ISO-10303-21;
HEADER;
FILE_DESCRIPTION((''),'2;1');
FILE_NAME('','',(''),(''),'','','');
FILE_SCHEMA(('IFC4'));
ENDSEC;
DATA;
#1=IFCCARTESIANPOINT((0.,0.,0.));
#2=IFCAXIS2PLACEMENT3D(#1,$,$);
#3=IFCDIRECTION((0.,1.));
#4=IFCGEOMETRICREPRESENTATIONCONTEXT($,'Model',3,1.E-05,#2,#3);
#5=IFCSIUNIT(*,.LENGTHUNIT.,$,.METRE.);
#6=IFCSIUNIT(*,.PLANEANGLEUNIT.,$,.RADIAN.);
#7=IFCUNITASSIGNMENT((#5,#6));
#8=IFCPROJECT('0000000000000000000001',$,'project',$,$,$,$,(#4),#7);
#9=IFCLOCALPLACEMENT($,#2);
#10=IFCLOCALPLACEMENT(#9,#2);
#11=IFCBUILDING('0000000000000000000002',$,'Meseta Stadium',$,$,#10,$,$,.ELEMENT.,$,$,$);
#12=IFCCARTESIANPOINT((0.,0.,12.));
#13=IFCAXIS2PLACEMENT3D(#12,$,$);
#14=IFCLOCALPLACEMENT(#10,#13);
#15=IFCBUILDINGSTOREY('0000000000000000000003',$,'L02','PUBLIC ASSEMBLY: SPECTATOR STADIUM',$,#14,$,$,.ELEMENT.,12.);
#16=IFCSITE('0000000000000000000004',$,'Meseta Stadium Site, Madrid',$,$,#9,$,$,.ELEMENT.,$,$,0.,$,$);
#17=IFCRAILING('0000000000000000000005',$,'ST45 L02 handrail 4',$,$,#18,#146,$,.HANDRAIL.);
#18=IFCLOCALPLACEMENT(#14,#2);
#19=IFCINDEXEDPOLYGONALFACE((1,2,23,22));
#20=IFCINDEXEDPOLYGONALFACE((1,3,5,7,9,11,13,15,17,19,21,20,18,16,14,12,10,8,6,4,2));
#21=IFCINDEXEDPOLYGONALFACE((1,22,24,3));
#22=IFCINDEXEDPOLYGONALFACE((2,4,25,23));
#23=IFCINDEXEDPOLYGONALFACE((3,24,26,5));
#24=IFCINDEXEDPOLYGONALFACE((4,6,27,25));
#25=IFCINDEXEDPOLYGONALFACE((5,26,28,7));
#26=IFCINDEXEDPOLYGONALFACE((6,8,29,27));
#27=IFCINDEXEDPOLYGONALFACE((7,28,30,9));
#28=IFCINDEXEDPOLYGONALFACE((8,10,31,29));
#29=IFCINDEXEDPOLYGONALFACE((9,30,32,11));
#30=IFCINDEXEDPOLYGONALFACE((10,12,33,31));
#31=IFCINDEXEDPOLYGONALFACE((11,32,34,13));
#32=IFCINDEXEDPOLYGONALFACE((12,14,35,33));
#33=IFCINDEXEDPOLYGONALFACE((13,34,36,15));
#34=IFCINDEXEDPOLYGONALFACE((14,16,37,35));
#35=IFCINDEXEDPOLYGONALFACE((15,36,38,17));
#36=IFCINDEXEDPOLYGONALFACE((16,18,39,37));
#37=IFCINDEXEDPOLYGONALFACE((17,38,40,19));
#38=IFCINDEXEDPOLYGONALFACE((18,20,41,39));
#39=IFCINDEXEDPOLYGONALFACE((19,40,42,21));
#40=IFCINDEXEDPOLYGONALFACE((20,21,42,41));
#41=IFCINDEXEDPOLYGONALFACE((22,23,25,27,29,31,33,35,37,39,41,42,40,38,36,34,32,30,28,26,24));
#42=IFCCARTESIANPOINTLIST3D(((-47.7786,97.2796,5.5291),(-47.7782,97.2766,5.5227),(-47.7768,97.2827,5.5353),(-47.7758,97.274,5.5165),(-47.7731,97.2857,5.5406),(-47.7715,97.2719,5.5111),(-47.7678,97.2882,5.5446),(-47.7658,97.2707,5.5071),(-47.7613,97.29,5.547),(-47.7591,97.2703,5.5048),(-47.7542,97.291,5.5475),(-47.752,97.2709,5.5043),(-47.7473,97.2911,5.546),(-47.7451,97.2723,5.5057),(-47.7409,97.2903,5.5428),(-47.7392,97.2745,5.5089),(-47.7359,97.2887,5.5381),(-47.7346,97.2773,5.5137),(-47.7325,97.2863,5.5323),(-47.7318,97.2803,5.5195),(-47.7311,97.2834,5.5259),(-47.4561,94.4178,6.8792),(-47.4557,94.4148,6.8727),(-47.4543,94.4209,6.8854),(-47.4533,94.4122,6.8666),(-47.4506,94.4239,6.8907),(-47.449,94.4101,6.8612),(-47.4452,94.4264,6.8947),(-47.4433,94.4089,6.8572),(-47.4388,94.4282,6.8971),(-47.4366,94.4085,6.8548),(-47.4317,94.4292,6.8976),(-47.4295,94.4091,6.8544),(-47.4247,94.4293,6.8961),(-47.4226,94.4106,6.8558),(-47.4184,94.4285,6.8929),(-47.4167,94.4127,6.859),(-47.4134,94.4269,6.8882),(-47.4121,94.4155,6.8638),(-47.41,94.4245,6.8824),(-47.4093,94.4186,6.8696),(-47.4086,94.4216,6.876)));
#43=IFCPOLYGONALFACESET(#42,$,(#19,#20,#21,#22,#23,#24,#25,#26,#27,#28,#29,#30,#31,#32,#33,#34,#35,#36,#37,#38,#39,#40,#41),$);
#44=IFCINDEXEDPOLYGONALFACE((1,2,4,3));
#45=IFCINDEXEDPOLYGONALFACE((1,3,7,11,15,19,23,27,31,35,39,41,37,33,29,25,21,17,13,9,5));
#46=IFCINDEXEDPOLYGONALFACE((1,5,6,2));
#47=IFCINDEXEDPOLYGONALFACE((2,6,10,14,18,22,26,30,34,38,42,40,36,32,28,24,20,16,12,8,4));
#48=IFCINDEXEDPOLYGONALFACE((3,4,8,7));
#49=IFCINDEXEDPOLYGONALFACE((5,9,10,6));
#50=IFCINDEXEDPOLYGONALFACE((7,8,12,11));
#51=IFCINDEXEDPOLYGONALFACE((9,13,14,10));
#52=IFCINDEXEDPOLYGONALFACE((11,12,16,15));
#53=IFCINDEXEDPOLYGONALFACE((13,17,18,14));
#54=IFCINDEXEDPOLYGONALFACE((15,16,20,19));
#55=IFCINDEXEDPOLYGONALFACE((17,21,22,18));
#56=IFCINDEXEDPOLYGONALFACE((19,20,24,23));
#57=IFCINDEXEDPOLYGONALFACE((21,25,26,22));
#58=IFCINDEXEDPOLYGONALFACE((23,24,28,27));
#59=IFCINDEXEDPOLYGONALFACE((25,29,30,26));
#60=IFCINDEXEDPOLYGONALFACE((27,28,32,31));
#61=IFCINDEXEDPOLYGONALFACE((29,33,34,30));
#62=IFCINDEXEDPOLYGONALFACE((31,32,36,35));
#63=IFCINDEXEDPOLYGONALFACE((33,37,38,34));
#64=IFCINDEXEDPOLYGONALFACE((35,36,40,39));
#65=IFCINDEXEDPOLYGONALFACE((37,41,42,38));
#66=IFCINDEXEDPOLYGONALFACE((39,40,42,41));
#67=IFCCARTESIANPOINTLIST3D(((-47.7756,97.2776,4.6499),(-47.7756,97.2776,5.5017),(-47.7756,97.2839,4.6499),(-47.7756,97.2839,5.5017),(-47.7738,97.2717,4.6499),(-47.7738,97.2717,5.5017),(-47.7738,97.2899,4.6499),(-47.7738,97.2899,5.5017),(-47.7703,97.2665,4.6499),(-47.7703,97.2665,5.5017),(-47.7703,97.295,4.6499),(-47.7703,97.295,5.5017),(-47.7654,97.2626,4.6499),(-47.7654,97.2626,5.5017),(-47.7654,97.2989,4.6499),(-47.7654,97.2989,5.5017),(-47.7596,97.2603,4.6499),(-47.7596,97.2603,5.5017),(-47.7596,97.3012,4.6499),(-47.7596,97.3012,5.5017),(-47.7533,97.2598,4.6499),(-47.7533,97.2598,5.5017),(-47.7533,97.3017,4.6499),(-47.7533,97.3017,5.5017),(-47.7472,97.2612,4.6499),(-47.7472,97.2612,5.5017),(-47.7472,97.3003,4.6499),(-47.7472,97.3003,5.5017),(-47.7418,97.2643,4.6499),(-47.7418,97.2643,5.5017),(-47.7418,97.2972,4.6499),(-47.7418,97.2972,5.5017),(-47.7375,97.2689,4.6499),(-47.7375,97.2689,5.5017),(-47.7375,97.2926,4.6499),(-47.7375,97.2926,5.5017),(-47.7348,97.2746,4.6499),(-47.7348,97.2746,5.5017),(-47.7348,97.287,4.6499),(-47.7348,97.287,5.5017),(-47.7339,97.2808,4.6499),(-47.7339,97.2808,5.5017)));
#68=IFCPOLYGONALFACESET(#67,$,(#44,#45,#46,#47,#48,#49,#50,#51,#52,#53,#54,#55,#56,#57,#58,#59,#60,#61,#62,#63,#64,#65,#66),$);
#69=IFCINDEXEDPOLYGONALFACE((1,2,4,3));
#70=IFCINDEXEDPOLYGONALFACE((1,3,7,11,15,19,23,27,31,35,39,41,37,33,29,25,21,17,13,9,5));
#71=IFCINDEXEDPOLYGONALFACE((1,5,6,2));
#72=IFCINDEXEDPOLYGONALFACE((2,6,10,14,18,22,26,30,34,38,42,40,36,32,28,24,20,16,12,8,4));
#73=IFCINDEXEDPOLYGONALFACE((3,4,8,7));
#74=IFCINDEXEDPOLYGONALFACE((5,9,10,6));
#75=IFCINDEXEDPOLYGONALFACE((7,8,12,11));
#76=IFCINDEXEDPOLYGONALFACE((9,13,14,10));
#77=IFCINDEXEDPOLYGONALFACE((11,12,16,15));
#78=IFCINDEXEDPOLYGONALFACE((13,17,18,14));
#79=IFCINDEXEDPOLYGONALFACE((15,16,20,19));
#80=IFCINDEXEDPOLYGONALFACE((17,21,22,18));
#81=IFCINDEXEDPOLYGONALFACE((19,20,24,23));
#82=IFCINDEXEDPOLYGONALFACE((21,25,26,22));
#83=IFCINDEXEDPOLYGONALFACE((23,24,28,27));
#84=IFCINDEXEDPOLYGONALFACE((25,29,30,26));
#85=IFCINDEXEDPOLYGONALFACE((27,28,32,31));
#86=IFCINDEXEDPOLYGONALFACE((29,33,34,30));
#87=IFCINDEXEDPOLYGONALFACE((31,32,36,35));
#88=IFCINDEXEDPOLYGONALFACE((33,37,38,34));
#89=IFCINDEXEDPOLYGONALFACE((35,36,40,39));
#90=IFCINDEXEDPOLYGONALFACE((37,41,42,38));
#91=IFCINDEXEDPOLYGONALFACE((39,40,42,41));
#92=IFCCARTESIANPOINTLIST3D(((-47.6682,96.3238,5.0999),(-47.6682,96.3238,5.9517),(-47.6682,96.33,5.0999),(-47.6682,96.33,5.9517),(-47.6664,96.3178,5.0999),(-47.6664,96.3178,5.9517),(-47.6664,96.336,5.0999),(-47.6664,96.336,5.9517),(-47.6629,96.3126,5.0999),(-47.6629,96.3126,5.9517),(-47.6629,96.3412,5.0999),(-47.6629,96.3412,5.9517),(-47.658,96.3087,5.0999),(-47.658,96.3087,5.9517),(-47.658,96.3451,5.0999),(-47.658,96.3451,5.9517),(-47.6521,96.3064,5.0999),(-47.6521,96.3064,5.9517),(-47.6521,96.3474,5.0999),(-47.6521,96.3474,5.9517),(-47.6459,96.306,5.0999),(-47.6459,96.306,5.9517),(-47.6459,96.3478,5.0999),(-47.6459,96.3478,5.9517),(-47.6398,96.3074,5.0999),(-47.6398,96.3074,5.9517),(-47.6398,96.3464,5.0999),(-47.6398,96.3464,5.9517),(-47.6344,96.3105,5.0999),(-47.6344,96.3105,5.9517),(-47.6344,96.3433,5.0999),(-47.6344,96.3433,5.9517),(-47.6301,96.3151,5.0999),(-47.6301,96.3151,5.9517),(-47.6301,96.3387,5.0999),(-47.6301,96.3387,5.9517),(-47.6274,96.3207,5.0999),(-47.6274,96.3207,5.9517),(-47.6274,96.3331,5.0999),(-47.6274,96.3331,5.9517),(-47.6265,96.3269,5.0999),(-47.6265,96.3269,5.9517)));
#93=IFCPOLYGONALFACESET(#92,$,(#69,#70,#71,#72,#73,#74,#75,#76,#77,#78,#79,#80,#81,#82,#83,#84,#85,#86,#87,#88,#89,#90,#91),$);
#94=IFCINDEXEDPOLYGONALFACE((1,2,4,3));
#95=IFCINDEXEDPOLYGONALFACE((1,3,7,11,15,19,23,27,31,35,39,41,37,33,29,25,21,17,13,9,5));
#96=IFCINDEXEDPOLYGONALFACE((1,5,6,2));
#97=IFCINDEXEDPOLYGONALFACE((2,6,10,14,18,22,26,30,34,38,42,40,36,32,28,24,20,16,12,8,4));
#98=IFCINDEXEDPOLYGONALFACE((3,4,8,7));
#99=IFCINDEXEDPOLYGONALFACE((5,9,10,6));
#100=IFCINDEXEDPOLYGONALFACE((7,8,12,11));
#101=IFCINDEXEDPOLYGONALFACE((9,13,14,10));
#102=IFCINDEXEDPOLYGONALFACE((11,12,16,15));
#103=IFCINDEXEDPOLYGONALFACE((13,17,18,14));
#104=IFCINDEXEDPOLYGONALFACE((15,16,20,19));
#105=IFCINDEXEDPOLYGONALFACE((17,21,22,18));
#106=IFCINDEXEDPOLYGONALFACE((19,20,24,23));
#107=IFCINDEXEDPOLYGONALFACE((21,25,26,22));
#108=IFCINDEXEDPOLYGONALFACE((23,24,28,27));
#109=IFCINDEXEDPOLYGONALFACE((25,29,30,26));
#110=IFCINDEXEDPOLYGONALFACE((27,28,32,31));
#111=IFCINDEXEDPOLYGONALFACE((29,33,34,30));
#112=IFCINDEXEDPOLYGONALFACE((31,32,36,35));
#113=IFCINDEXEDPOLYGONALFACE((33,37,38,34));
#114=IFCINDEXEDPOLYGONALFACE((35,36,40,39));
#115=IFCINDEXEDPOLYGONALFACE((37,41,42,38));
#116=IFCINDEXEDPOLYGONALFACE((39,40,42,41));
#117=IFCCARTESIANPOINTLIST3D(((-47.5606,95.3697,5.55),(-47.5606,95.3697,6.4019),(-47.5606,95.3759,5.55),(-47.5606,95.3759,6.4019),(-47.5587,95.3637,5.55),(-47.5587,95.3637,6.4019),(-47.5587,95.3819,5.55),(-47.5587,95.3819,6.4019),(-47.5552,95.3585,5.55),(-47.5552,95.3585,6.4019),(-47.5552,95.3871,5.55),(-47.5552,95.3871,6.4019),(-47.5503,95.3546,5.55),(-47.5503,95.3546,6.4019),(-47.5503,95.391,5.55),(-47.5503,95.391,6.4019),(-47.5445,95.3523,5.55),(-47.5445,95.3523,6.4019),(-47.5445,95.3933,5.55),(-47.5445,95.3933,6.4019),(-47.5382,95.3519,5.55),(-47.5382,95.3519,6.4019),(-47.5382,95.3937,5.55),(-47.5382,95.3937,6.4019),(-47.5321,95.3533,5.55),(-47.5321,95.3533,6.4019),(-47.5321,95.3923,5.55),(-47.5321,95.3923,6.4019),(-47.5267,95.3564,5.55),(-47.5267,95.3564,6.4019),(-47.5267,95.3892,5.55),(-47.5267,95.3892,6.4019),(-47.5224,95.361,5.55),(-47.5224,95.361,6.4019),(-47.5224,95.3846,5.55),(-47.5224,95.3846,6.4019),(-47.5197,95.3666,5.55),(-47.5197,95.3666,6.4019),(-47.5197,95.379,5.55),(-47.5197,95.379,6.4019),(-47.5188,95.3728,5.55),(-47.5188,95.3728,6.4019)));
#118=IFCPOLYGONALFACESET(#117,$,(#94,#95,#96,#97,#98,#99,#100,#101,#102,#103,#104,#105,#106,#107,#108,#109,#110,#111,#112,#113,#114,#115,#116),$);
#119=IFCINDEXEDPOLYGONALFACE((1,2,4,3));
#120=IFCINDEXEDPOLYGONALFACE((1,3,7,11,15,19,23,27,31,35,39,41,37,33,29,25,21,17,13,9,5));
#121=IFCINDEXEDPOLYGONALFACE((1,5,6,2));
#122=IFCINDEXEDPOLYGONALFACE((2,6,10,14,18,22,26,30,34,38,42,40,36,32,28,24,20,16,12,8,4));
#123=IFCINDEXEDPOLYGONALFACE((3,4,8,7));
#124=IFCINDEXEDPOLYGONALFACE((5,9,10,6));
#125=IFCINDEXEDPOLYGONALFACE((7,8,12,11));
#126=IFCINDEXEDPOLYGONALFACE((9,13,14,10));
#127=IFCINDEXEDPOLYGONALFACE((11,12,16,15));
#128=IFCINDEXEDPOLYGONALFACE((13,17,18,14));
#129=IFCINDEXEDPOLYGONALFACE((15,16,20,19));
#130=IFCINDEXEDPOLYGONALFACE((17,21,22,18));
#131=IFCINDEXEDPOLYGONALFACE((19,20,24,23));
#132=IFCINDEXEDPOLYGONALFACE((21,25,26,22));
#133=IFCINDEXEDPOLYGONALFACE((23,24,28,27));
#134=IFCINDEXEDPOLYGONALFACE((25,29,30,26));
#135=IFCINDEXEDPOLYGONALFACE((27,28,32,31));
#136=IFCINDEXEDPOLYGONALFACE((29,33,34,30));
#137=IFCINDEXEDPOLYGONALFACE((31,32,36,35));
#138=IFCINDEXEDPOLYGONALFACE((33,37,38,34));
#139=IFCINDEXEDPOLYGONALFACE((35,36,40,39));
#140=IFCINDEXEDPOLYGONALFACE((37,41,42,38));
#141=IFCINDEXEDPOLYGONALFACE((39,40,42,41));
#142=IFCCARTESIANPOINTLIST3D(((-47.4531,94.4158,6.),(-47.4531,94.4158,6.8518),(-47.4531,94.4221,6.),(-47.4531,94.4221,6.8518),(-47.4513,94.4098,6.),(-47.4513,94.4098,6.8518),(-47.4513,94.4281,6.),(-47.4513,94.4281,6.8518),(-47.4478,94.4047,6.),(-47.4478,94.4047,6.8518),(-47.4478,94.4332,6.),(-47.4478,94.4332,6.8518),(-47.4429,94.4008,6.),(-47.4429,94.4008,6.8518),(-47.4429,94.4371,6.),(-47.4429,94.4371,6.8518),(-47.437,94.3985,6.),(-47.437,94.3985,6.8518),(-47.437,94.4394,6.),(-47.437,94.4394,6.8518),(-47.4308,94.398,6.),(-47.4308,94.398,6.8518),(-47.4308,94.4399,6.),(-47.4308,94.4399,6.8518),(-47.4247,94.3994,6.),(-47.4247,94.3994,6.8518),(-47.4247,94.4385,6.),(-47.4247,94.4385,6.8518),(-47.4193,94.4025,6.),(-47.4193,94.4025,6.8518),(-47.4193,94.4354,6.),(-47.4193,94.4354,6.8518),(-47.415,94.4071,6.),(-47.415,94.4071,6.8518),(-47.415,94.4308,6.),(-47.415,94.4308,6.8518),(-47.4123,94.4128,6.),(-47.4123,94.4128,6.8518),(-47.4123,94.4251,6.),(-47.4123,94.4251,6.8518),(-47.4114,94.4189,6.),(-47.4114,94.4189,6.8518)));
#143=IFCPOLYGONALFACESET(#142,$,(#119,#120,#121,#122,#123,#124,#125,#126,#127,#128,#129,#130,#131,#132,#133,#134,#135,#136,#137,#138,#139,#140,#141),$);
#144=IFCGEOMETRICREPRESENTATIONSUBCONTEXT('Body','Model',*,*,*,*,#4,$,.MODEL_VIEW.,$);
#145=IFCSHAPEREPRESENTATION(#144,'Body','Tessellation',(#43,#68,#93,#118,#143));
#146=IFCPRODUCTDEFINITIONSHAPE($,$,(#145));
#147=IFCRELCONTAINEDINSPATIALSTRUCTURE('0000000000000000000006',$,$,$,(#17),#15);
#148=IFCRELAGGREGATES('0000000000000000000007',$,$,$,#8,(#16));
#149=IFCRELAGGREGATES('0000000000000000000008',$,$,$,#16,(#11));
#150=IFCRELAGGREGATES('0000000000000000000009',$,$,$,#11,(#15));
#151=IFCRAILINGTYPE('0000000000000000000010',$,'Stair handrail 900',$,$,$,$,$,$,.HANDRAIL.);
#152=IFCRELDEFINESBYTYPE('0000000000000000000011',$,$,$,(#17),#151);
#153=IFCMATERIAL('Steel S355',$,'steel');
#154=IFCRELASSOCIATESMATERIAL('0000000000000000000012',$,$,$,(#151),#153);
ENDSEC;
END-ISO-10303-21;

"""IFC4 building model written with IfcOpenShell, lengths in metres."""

from ifc_helpers import new_model, si_unit, direction, frame, origin, origin_2d, place, context, subcontext, project, spatial, circle, extrude, material, type_object, element, save


model = new_model("IFC4")

# Units and contexts
model_context = context("Model", 3, precision=1e-05, world=origin(), true_north=direction((0.0, 1.0)))
body_context = subcontext(model_context, "Body", "Model", "MODEL_VIEW")
ifc_project = project(units=[si_unit("LENGTHUNIT", "METRE"), si_unit("PLANEANGLEUNIT", "RADIAN")], contexts=[model_context])

# Site, building, storey
site_placement = place(None, origin())
site = spatial("IfcSite", under=ifc_project, at=site_placement, Name="Meseta Stadium Site, Madrid", CompositionType="ELEMENT", RefElevation=0.0)
building_placement = place(site_placement, origin())
building = spatial("IfcBuilding", under=site, at=building_placement, Name="Meseta Stadium", CompositionType="ELEMENT")
storey_placement = place(building_placement, frame((0.0, 0.0, 12.0)))
storey = spatial("IfcBuildingStorey", under=building, at=storey_placement, Name="L02", Description="PUBLIC ASSEMBLY: SPECTATOR STADIUM", CompositionType="ELEMENT", Elevation=12.0)

# Railing
ifc_material_1 = material(Name="Steel S355", Category="steel")
railing_type_1 = type_object("IfcRailingType", Name="Stair handrail 900", PredefinedType="HANDRAIL", material=ifc_material_1)
for number, where, name in (
    (1, (-47.7549, 97.2808, 4.6499), "ST45 L02 handrail 4"),
):
    element("IfcRailing", number, at=place(storey_placement, frame(where)), inside=storey, type_object=railing_type_1, Name=name, PredefinedType="HANDRAIL", context=body_context, shape_type="SweptSolid", body=[
        extrude(circle(Radius=0.0239, at=origin_2d()), frame((0.0, 0.0, 0.876), z_axis=(0.101396, -0.899748, 0.424467), x_axis=(0.99371, 0.111985, 0.0)), (0.0, 0.0, 1.0), 3.1807),
        extrude(circle(Radius=0.021, at=origin_2d()), origin(), (0.0, 0.0, 1.0), 0.8518),
        extrude(circle(Radius=0.021, at=origin_2d()), frame((0.1074, -0.9539, 0.45)), (0.0, 0.0, 1.0), 0.8518),
        extrude(circle(Radius=0.021, at=origin_2d()), frame((0.2151, -1.908, 0.9001)), (0.0, 0.0, 1.0), 0.8518),
        extrude(circle(Radius=0.021, at=origin_2d()), frame((0.3225, -2.8618, 1.3501)), (0.0, 0.0, 1.0), 0.8518),
    ])

save(model, "model.ifc")
